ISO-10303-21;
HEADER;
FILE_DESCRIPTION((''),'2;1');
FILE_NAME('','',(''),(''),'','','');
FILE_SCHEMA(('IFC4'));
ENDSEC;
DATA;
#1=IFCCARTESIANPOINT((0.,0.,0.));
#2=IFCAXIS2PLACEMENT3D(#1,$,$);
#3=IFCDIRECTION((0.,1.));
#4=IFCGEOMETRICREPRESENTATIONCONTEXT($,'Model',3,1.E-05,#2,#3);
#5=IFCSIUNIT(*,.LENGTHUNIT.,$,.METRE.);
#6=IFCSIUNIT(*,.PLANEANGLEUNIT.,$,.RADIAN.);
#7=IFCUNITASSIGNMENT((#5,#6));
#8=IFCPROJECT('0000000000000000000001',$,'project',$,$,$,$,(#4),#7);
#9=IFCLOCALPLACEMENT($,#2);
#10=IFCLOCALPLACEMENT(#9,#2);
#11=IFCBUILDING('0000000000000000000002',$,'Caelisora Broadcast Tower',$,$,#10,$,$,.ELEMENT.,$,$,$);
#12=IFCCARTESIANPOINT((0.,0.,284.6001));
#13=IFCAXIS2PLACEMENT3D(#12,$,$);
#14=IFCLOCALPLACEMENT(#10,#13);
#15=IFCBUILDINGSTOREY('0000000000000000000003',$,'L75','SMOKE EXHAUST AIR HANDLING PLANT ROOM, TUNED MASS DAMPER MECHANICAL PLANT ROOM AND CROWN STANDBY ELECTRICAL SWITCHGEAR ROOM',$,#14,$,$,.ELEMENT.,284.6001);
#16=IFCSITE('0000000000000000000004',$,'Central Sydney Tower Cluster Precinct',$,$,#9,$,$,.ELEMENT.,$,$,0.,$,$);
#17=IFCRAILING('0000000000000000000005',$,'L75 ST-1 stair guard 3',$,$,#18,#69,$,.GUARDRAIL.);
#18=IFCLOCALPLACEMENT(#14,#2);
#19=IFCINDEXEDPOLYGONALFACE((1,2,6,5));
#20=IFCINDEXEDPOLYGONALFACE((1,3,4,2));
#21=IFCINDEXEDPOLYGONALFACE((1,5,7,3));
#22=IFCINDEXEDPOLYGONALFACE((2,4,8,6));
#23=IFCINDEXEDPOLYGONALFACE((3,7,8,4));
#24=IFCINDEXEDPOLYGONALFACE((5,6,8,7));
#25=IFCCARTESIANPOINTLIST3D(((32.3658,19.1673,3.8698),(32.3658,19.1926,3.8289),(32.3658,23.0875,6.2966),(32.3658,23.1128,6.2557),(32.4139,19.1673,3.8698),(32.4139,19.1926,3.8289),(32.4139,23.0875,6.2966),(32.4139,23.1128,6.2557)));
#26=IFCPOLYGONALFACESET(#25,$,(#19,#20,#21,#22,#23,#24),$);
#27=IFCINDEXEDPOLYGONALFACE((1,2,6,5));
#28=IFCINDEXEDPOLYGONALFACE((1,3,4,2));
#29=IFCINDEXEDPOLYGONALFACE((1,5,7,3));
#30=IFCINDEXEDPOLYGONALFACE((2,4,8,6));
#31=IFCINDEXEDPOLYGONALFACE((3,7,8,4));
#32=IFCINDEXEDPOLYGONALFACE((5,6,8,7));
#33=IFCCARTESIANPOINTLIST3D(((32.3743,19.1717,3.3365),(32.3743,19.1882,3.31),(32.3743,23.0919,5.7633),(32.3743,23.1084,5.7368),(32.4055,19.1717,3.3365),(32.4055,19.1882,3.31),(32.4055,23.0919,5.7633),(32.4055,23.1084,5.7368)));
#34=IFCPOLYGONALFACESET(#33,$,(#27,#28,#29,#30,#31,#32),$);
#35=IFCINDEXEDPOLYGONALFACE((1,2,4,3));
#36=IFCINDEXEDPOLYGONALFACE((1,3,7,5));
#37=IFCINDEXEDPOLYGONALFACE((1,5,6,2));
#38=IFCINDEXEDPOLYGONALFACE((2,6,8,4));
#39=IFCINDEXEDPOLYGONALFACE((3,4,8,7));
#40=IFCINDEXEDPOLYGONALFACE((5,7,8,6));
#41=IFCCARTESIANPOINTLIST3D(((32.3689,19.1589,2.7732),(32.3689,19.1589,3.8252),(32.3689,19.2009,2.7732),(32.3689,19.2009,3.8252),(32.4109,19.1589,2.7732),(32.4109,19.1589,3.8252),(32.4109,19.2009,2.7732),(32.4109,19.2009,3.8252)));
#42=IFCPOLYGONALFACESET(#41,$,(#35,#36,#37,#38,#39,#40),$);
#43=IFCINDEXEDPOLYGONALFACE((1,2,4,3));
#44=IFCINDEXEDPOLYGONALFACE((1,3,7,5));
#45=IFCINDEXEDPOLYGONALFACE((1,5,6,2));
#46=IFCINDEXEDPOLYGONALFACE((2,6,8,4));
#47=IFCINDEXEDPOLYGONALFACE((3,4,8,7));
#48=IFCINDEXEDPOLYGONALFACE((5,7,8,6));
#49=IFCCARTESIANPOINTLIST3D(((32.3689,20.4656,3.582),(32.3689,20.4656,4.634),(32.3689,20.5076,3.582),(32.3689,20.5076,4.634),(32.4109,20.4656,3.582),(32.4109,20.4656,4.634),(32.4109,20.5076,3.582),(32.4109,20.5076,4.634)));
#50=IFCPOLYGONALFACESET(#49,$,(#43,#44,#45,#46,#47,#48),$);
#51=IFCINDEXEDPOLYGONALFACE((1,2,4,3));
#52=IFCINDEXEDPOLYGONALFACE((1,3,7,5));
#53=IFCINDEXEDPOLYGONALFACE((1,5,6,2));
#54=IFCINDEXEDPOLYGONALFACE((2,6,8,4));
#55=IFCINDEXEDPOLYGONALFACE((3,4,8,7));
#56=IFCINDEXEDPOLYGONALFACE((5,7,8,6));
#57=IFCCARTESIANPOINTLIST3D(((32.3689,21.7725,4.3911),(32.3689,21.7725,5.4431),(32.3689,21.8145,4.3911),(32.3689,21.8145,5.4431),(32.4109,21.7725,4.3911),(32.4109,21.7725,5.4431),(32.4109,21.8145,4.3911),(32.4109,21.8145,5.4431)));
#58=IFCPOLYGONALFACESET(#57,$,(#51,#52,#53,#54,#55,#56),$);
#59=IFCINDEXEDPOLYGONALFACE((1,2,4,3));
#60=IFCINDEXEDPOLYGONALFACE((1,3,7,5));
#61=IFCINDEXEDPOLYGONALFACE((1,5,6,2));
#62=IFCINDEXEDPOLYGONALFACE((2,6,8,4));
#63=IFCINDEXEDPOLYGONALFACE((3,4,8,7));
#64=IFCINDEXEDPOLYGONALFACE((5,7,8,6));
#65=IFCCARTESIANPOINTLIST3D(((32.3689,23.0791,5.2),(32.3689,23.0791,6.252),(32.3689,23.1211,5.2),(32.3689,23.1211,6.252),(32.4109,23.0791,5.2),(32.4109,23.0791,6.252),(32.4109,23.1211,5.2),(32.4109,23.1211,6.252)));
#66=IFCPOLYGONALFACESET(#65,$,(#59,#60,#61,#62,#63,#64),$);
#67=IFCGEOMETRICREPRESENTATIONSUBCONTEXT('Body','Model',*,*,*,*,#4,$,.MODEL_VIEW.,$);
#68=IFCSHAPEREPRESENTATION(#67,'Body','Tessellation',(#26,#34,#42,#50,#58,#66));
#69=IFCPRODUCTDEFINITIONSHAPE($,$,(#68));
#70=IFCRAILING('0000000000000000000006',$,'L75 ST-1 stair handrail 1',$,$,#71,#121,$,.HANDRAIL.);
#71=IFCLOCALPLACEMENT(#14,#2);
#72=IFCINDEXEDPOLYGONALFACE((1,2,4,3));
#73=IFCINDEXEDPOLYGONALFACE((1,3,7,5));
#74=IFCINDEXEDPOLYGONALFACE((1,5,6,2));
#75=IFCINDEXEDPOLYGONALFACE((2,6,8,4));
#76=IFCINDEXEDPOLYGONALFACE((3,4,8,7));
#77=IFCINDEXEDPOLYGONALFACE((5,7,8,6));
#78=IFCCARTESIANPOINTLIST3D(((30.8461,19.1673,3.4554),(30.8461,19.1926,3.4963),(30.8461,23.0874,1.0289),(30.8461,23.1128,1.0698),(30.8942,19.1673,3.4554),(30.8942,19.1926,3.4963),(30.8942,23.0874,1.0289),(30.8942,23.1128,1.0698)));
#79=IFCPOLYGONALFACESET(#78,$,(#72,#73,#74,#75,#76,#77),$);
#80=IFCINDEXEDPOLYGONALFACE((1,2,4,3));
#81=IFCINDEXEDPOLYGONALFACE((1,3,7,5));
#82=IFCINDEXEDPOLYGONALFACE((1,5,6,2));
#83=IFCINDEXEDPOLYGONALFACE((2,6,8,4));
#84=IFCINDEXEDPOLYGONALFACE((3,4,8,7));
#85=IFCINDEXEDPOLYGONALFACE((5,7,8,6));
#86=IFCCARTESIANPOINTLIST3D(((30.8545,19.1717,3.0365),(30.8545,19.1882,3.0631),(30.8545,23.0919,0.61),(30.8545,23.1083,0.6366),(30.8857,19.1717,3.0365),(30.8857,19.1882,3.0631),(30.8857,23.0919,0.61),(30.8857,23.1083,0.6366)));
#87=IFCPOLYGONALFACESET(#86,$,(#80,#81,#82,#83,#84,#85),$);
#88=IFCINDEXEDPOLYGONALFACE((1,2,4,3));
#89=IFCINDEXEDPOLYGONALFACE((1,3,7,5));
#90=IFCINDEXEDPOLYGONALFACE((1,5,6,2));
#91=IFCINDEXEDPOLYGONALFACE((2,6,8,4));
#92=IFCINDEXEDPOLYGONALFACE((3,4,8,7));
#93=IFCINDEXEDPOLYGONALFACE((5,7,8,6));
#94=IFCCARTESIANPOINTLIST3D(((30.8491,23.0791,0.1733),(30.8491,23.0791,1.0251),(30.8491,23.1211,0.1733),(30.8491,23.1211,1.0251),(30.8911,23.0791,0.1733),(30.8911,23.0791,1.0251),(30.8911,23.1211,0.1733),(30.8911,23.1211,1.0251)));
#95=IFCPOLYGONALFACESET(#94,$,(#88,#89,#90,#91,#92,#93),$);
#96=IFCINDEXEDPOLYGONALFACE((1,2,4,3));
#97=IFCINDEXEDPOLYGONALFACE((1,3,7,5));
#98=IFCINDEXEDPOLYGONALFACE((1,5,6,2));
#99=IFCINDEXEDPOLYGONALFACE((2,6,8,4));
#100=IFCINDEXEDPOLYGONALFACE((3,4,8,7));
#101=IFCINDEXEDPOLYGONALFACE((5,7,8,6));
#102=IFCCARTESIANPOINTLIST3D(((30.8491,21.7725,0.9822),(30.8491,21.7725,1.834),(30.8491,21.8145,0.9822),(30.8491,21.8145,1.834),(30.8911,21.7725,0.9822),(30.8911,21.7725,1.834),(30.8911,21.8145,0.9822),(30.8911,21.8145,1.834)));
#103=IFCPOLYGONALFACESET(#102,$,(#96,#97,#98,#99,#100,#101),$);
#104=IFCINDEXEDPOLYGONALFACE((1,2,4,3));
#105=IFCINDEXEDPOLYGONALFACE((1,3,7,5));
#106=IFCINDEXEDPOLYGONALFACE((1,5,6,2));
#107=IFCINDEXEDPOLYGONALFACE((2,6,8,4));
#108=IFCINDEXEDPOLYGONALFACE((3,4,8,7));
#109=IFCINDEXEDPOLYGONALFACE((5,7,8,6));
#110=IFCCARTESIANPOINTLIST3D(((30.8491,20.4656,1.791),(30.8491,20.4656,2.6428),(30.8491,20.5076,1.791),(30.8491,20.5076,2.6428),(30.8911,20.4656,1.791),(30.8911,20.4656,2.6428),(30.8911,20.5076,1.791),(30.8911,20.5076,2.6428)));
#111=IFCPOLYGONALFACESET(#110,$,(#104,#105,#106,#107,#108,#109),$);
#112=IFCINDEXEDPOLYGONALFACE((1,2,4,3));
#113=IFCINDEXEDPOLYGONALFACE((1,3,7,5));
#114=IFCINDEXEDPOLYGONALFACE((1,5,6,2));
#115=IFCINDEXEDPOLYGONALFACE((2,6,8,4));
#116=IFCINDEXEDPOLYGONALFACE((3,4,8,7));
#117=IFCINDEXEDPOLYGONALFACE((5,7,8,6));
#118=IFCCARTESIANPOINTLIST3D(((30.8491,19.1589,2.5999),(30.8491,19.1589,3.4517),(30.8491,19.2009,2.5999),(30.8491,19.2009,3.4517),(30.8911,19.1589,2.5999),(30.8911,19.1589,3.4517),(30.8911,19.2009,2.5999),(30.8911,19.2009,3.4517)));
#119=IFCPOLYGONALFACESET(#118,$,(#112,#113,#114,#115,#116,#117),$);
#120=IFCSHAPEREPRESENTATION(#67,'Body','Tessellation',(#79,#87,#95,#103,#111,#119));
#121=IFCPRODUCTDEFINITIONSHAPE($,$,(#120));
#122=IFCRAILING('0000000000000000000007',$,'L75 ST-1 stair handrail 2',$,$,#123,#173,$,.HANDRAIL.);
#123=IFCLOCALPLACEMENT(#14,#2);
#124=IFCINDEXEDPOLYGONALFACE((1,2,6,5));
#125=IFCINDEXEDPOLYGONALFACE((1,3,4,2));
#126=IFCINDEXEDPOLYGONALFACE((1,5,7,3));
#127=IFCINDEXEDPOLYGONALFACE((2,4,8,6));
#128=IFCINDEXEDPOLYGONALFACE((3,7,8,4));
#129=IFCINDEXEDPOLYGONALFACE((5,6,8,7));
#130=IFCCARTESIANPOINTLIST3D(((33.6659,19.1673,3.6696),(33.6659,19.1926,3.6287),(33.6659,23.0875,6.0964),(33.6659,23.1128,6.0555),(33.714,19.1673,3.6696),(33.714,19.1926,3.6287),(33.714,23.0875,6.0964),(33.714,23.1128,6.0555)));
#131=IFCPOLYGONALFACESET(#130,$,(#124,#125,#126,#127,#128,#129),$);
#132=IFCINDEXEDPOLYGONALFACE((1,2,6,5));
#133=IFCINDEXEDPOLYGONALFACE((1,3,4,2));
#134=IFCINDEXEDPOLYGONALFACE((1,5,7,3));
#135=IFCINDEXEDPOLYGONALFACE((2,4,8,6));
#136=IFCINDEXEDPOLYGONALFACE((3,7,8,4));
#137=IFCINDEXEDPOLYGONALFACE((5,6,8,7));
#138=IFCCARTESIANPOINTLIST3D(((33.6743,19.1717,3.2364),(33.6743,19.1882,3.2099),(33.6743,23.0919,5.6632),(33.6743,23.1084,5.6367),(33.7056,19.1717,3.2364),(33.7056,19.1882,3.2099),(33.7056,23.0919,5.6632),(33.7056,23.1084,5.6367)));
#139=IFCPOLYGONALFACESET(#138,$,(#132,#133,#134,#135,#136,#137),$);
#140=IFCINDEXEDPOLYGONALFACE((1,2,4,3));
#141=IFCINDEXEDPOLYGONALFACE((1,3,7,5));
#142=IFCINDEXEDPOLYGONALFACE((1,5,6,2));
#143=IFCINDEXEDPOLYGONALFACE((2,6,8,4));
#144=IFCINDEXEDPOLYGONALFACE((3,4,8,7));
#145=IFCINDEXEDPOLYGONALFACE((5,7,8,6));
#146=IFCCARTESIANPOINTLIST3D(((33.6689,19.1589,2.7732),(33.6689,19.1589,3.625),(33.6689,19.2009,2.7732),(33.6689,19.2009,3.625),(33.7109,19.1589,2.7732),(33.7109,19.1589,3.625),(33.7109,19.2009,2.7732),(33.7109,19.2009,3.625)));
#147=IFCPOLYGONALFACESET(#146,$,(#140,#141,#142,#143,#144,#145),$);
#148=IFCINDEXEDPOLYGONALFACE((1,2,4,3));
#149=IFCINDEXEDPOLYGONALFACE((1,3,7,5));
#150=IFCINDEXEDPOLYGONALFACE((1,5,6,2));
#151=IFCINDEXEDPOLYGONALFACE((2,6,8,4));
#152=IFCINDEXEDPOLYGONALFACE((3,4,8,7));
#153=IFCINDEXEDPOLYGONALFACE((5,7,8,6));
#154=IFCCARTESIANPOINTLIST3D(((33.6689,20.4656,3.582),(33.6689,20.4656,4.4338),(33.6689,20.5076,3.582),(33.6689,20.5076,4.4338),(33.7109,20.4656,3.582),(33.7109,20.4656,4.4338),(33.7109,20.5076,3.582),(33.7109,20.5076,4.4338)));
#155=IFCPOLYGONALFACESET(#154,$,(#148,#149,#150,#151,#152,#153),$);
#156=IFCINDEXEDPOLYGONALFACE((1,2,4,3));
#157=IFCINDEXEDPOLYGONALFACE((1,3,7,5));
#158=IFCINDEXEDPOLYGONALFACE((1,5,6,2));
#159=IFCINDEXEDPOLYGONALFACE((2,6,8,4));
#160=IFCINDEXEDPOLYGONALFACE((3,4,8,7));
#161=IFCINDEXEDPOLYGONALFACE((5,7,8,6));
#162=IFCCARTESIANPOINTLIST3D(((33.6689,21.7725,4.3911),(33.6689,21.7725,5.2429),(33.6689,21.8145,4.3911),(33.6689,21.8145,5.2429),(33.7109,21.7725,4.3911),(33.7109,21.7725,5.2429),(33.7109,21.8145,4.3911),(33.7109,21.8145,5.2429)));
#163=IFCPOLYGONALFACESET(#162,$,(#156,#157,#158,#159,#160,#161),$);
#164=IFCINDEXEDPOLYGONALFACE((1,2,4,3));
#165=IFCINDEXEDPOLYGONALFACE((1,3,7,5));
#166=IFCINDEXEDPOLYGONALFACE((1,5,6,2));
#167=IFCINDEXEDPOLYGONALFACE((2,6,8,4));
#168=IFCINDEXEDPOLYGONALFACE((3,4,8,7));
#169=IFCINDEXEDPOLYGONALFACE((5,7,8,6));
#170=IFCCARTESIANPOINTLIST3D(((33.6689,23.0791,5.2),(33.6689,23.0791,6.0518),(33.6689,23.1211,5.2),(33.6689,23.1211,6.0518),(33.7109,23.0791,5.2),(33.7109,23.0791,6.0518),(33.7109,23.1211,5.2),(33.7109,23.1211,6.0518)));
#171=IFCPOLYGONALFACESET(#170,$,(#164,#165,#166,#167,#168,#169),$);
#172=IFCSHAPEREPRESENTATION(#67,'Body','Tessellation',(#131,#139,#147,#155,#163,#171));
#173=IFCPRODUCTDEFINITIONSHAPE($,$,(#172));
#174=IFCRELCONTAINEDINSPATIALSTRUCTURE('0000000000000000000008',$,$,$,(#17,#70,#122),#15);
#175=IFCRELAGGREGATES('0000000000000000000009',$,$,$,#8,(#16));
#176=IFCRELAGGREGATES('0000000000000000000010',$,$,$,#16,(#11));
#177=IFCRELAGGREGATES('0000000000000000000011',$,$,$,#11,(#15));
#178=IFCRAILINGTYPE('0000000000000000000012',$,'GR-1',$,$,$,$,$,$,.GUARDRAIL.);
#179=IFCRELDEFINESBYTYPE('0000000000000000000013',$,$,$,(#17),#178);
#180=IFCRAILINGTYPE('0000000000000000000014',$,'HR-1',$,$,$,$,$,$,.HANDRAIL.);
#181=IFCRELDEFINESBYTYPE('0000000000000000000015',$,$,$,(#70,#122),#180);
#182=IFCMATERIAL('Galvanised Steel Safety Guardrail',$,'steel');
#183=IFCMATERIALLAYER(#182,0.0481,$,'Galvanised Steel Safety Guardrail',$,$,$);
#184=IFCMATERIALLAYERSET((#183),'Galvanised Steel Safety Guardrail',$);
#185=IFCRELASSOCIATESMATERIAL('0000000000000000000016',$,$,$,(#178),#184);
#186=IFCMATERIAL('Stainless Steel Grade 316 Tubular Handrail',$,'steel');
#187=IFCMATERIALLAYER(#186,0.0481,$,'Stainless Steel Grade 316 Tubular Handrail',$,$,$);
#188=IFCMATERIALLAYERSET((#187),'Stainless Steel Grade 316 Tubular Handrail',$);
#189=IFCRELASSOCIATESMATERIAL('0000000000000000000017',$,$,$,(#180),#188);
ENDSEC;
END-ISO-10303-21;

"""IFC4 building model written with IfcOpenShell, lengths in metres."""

from ifc_helpers import new_model, si_unit, direction, frame, origin, origin_2d, place, context, subcontext, project, spatial, rectangle, extrude, material, layer, layer_set, type_object, element, save


model = new_model("IFC4")

# Units and contexts
model_context = context("Model", 3, precision=1e-05, world=origin(), true_north=direction((0.0, 1.0)))
body_context = subcontext(model_context, "Body", "Model", "MODEL_VIEW")
ifc_project = project(units=[si_unit("LENGTHUNIT", "METRE"), si_unit("PLANEANGLEUNIT", "RADIAN")], contexts=[model_context])

# Site, building, storey
site_placement = place(None, origin())
site = spatial("IfcSite", under=ifc_project, at=site_placement, Name="Central Sydney Tower Cluster Precinct", CompositionType="ELEMENT", RefElevation=0.0)
building_placement = place(site_placement, origin())
building = spatial("IfcBuilding", under=site, at=building_placement, Name="Caelisora Broadcast Tower", CompositionType="ELEMENT")
storey_placement = place(building_placement, frame((0.0, 0.0, 284.6001)))
storey = spatial("IfcBuildingStorey", under=building, at=storey_placement, Name="L75", Description="SMOKE EXHAUST AIR HANDLING PLANT ROOM, TUNED MASS DAMPER MECHANICAL PLANT ROOM AND CROWN STANDBY ELECTRICAL SWITCHGEAR ROOM", CompositionType="ELEMENT", Elevation=284.6001)

# Railings
ifc_material_1 = material(Name="Galvanised Steel Safety Guardrail", Category="steel")
ifc_layer_1 = layer(ifc_material_1, 0.0481, Name="Galvanised Steel Safety Guardrail")
ifc_layer_set_1 = layer_set([ifc_layer_1], Name="Galvanised Steel Safety Guardrail")
railing_type_1 = type_object("IfcRailingType", Name="GR-1", PredefinedType="GUARDRAIL", material=ifc_layer_set_1)
railing_1_placement = place(storey_placement, frame((32.3899, 19.1799, 2.7732)))
element("IfcRailing", 1, at=railing_1_placement, inside=storey, type_object=railing_type_1, Name="L75 ST-1 stair guard 3", PredefinedType="GUARDRAIL", context=body_context, shape_type="SweptSolid", body=[
    extrude(rectangle(XDim=0.0481, YDim=0.0481, at=origin_2d()), frame((0.0, 0.0, 1.0762), z_axis=(0.0, 0.850266, 0.526353), x_axis=(-1.0, 0.0, 0.0)), (0.0, 0.0, 1.0), 4.6106),
    extrude(rectangle(XDim=0.0312, YDim=0.0312, at=origin_2d()), frame((0.0, 0.0, 0.55), z_axis=(0.0, 0.850266, 0.526353), x_axis=(-1.0, 0.0, 0.0)), (0.0, 0.0, 1.0), 4.6106),
    extrude(rectangle(XDim=0.042, YDim=0.042, at=origin_2d()), origin(), (0.0, 0.0, 1.0), 1.052),
    extrude(rectangle(XDim=0.042, YDim=0.042, at=origin_2d()), frame((0.0, 1.3066, 0.8088)), (0.0, 0.0, 1.0), 1.052),
    extrude(rectangle(XDim=0.042, YDim=0.042, at=origin_2d()), frame((0.0, 2.6135, 1.6179)), (0.0, 0.0, 1.0), 1.052),
    extrude(rectangle(XDim=0.042, YDim=0.042, at=origin_2d()), frame((0.0, 3.9202, 2.4268)), (0.0, 0.0, 1.0), 1.052),
])
ifc_material_2 = material(Name="Stainless Steel Grade 316 Tubular Handrail", Category="steel")
ifc_layer_2 = layer(ifc_material_2, 0.0481, Name="Stainless Steel Grade 316 Tubular Handrail")
ifc_layer_set_2 = layer_set([ifc_layer_2], Name="Stainless Steel Grade 316 Tubular Handrail")
railing_type_2 = type_object("IfcRailingType", Name="HR-1", PredefinedType="HANDRAIL", material=ifc_layer_set_2)
railing_2_placement = place(storey_placement, frame((30.8701, 23.1001, 0.1733)))
element("IfcRailing", 2, at=railing_2_placement, inside=storey, type_object=railing_type_2, Name="L75 ST-1 stair handrail 1", PredefinedType="HANDRAIL", context=body_context, shape_type="SweptSolid", body=[
    extrude(rectangle(XDim=0.0481, YDim=0.0481, at=origin_2d()), frame((0.0, 0.0, 0.876), z_axis=(0.0, -0.85029, 0.526315), x_axis=(1.0, 0.0, 0.0)), (0.0, 0.0, 1.0), 4.6104),
    extrude(rectangle(XDim=0.0312, YDim=0.0312, at=origin_2d()), frame((0.0, 0.0, 0.45), z_axis=(0.0, -0.85029, 0.526315), x_axis=(1.0, 0.0, 0.0)), (0.0, 0.0, 1.0), 4.6104),
    extrude(rectangle(XDim=0.042, YDim=0.042, at=origin_2d()), origin(), (0.0, 0.0, 1.0), 0.8518),
    extrude(rectangle(XDim=0.042, YDim=0.042, at=origin_2d()), frame((0.0, -1.3066, 0.8088)), (0.0, 0.0, 1.0), 0.8518),
    extrude(rectangle(XDim=0.042, YDim=0.042, at=origin_2d()), frame((0.0, -2.6135, 1.6177)), (0.0, 0.0, 1.0), 0.8518),
    extrude(rectangle(XDim=0.042, YDim=0.042, at=origin_2d()), frame((0.0, -3.9202, 2.4265)), (0.0, 0.0, 1.0), 0.8518),
])
railing_3_placement = place(storey_placement, frame((33.6899, 19.1799, 2.7732)))
element("IfcRailing", 3, at=railing_3_placement, inside=storey, type_object=railing_type_2, Name="L75 ST-1 stair handrail 2", PredefinedType="HANDRAIL", context=body_context, shape_type="SweptSolid", body=[
    extrude(rectangle(XDim=0.0481, YDim=0.0481, at=origin_2d()), frame((0.0, 0.0, 0.876), z_axis=(0.0, 0.850266, 0.526353), x_axis=(-1.0, 0.0, 0.0)), (0.0, 0.0, 1.0), 4.6106),
    extrude(rectangle(XDim=0.0312, YDim=0.0312, at=origin_2d()), frame((0.0, 0.0, 0.45), z_axis=(0.0, 0.850266, 0.526353), x_axis=(-1.0, 0.0, 0.0)), (0.0, 0.0, 1.0), 4.6106),
    extrude(rectangle(XDim=0.042, YDim=0.042, at=origin_2d()), origin(), (0.0, 0.0, 1.0), 0.8518),
    extrude(rectangle(XDim=0.042, YDim=0.042, at=origin_2d()), frame((0.0, 1.3066, 0.8088)), (0.0, 0.0, 1.0), 0.8518),
    extrude(rectangle(XDim=0.042, YDim=0.042, at=origin_2d()), frame((0.0, 2.6135, 1.6179)), (0.0, 0.0, 1.0), 0.8518),
    extrude(rectangle(XDim=0.042, YDim=0.042, at=origin_2d()), frame((0.0, 3.9202, 2.4268)), (0.0, 0.0, 1.0), 0.8518),
])

save(model, "model.ifc")
